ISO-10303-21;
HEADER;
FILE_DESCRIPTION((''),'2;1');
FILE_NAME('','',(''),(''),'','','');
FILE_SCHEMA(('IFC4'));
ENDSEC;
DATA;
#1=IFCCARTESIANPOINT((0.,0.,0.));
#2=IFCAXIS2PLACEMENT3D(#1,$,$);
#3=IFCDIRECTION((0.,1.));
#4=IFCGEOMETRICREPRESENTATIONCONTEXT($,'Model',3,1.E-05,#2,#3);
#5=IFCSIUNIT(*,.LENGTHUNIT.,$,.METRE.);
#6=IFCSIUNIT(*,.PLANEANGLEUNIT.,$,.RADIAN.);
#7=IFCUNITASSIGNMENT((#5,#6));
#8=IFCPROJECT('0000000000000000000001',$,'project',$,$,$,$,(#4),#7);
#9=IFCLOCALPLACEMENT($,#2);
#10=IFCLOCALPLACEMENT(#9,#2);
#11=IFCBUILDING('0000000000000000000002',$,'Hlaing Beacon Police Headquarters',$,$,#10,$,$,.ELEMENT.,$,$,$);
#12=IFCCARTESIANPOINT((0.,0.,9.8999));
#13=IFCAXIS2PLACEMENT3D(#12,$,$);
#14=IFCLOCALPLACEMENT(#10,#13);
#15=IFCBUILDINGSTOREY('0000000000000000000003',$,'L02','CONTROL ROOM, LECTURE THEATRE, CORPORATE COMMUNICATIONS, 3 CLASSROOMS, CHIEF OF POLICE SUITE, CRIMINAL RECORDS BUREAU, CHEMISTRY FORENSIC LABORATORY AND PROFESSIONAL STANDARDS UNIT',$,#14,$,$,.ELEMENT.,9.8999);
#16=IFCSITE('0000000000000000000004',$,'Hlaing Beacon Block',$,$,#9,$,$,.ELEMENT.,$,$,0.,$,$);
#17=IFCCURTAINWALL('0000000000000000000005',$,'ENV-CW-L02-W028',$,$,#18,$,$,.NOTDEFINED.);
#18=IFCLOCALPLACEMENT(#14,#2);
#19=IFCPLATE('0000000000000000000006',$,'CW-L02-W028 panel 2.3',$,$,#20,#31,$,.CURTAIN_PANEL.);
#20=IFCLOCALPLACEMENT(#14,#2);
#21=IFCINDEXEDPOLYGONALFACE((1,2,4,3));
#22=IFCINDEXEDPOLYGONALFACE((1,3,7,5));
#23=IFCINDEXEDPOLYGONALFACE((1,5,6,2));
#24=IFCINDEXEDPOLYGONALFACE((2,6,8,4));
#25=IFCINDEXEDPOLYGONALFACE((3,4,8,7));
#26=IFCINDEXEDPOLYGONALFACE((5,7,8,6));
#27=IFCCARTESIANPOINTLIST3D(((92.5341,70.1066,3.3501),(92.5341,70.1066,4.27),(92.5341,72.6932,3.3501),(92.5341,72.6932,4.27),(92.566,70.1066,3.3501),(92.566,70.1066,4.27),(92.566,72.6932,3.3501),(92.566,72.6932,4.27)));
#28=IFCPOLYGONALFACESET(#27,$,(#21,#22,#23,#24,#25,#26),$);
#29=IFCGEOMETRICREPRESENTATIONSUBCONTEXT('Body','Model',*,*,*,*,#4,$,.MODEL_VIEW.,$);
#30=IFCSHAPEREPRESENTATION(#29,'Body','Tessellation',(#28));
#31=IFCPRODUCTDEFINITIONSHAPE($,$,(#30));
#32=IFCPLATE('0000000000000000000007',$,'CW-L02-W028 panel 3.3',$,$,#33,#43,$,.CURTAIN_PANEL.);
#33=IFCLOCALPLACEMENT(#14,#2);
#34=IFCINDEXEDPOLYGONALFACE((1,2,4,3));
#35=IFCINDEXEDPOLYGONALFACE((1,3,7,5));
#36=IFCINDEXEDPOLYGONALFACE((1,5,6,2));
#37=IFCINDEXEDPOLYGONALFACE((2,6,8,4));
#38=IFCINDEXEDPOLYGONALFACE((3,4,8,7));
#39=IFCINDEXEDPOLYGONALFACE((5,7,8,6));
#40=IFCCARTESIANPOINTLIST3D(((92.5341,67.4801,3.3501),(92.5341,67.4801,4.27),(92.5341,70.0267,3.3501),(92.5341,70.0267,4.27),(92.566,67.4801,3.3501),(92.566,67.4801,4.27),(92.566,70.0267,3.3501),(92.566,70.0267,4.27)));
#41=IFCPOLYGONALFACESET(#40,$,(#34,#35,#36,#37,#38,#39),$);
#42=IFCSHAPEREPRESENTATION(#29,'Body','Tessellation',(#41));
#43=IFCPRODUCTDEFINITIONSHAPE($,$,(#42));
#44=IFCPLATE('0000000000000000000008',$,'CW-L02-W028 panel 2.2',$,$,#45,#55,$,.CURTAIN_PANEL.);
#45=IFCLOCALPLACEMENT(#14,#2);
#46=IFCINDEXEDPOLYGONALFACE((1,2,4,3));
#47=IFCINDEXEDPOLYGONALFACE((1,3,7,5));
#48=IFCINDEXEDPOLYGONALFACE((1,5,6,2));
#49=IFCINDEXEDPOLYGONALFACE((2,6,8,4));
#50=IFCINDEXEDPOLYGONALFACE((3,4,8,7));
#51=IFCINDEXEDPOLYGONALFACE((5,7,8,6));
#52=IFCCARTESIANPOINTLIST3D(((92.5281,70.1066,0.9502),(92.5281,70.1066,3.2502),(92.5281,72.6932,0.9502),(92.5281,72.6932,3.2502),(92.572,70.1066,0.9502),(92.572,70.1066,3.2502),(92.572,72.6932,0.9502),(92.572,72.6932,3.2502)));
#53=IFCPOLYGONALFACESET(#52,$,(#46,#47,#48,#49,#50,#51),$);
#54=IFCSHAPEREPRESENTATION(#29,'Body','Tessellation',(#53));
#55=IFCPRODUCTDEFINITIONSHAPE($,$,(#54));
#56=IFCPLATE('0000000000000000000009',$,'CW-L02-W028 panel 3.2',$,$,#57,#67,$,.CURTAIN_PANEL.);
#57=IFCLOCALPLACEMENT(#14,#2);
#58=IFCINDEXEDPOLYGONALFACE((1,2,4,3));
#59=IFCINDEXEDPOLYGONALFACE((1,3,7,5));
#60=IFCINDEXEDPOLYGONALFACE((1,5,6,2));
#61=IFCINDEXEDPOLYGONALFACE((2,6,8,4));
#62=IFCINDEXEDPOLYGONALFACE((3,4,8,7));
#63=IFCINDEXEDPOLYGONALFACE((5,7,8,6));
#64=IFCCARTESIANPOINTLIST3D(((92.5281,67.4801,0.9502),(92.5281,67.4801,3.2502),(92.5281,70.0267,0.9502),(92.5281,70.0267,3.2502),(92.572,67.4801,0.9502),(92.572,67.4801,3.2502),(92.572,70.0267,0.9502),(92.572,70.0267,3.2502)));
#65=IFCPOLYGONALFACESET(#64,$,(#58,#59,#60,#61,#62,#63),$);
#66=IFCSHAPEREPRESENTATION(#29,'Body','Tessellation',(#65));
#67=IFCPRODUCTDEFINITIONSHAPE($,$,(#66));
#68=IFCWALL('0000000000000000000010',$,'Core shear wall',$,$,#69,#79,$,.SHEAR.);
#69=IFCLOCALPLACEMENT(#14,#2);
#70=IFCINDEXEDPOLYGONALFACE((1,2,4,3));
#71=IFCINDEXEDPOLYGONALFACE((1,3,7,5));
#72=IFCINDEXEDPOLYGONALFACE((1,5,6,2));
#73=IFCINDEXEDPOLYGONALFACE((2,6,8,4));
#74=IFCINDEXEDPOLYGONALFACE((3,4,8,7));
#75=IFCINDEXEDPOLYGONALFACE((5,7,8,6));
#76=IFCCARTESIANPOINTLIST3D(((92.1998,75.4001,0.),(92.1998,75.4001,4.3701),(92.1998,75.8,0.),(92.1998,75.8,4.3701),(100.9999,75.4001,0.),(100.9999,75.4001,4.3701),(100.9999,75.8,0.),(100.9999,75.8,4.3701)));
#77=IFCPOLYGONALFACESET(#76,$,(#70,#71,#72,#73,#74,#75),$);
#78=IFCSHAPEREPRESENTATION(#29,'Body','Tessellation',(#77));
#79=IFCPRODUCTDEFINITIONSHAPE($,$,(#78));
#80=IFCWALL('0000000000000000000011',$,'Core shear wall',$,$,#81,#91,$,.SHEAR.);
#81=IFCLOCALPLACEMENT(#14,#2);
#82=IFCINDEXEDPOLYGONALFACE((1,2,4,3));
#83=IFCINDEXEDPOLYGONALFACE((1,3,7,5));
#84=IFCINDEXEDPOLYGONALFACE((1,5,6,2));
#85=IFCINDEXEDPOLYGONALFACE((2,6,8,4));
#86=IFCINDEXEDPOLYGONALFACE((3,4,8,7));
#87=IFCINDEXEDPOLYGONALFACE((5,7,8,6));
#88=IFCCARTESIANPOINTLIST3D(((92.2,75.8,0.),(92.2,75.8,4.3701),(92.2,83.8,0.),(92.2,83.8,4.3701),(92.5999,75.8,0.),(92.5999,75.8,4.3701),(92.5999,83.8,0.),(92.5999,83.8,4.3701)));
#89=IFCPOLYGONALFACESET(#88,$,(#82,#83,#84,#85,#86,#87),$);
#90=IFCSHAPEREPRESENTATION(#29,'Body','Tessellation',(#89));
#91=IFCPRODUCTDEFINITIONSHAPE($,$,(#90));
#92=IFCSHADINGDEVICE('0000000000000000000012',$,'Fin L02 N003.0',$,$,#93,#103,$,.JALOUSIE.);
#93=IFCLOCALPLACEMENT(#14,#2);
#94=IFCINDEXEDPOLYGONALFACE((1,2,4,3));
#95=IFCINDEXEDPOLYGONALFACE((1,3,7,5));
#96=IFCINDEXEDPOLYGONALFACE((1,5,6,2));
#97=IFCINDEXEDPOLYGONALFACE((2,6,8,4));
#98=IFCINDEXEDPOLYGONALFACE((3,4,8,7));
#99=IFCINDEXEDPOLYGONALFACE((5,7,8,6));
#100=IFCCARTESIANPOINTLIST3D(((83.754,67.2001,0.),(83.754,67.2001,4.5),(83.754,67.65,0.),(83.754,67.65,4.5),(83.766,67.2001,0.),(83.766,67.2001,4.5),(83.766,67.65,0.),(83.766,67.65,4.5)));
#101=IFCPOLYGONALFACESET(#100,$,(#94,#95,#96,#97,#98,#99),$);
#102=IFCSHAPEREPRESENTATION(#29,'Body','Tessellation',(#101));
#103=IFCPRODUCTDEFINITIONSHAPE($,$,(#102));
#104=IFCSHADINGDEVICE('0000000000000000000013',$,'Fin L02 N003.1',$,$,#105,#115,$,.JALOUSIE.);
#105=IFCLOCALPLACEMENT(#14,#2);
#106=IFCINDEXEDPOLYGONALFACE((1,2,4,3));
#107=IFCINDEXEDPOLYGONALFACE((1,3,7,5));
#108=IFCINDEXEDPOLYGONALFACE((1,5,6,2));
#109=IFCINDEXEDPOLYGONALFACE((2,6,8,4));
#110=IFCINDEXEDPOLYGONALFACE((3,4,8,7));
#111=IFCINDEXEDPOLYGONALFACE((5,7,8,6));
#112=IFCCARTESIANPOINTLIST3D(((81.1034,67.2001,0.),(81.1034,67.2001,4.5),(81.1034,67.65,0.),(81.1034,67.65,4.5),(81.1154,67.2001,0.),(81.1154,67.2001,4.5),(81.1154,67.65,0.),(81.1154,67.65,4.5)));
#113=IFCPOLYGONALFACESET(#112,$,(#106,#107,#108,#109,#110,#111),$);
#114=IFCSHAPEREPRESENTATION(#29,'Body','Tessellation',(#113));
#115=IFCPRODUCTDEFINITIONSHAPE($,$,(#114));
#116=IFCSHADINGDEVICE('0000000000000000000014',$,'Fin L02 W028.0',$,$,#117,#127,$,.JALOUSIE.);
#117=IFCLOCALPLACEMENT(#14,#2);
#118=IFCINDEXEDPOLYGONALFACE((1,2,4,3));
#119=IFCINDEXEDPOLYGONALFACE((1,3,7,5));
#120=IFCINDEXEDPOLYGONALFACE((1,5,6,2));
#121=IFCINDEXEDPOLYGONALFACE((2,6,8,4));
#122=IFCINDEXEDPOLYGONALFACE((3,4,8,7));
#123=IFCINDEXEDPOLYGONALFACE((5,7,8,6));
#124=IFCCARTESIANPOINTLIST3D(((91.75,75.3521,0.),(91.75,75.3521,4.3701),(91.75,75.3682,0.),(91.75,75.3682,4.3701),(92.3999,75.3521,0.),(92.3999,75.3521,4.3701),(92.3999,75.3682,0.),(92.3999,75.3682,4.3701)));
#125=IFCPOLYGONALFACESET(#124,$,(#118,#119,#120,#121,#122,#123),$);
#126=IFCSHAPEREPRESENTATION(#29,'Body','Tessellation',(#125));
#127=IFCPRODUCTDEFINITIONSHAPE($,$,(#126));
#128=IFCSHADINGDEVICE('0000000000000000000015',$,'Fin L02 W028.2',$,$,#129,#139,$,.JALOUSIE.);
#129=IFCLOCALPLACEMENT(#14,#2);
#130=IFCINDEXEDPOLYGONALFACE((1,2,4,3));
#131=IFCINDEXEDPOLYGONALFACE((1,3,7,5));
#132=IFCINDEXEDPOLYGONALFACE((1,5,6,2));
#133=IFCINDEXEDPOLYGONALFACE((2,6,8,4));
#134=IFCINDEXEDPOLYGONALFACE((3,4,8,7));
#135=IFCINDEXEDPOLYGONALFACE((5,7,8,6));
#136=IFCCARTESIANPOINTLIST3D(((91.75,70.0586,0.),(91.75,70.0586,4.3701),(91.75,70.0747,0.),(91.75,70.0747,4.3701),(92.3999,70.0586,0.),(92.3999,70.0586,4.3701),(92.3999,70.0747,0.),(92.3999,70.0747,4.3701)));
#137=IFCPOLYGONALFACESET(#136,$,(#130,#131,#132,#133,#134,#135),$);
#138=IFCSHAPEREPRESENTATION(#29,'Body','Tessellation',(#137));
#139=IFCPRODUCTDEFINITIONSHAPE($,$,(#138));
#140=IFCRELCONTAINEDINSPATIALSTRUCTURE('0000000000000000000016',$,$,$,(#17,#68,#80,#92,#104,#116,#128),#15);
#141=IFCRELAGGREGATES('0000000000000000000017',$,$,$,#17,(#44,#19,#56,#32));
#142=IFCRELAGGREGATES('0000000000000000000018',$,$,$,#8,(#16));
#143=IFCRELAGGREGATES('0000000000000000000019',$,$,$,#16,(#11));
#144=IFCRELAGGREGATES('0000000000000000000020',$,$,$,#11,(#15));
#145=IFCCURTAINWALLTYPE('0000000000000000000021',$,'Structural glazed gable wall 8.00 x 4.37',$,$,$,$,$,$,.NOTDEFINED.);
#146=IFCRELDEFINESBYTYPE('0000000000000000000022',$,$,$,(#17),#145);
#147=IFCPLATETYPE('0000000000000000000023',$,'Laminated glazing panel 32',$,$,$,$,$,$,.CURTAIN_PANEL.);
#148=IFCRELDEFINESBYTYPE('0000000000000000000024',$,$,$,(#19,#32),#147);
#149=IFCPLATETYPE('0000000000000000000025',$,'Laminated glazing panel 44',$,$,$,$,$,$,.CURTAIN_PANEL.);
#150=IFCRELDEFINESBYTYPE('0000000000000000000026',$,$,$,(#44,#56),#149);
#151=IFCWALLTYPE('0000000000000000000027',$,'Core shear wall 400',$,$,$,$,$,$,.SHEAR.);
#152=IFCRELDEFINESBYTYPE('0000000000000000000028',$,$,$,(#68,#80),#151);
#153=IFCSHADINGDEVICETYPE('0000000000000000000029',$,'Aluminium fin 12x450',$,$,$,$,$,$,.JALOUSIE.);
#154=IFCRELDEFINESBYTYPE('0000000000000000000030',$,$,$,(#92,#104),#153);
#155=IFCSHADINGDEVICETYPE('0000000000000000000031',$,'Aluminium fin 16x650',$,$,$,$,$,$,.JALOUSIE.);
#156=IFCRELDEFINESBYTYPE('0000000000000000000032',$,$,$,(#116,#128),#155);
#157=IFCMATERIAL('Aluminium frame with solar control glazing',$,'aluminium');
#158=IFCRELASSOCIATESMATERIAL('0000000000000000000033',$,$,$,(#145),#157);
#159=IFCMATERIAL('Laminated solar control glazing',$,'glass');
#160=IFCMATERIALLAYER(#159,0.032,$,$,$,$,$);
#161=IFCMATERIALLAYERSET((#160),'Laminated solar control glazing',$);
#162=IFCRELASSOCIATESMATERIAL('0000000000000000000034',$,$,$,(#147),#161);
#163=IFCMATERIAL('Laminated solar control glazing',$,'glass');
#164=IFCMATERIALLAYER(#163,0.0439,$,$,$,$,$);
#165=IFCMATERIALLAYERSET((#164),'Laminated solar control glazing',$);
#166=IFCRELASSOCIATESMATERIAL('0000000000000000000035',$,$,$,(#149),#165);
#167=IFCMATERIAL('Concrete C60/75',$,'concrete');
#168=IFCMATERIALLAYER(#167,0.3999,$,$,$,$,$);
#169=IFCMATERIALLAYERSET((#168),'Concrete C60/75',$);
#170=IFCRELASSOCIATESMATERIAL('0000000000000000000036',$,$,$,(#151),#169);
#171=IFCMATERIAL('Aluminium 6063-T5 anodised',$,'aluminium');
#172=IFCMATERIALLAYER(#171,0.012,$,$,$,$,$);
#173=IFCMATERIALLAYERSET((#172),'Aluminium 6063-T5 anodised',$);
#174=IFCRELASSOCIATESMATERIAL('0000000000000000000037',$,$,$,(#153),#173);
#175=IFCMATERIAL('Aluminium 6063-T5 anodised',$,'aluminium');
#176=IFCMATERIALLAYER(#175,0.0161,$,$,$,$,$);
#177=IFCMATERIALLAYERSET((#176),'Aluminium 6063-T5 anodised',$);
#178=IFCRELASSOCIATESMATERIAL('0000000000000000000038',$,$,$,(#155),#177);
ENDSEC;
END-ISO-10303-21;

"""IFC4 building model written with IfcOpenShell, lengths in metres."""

from ifc_helpers import new_model, si_unit, direction, frame, frame_2d, origin, origin_2d, place, context, subcontext, project, spatial, rectangle, extrude, material, layer, layer_set, type_object, element, aggregate, save


model = new_model("IFC4")

# Units and contexts
model_context = context("Model", 3, precision=1e-05, world=origin(), true_north=direction((0.0, 1.0)))
body_context = subcontext(model_context, "Body", "Model", "MODEL_VIEW")
ifc_project = project(units=[si_unit("LENGTHUNIT", "METRE"), si_unit("PLANEANGLEUNIT", "RADIAN")], contexts=[model_context])

# Site, building, storey
site_placement = place(None, origin())
site = spatial("IfcSite", under=ifc_project, at=site_placement, Name="Hlaing Beacon Block", CompositionType="ELEMENT", RefElevation=0.0)
building_placement = place(site_placement, origin())
building = spatial("IfcBuilding", under=site, at=building_placement, Name="Hlaing Beacon Police Headquarters", CompositionType="ELEMENT")
storey_placement = place(building_placement, frame((0.0, 0.0, 9.8999)))
storey = spatial("IfcBuildingStorey", under=building, at=storey_placement, Name="L02", Description="CONTROL ROOM, LECTURE THEATRE, CORPORATE COMMUNICATIONS, 3 CLASSROOMS, CHIEF OF POLICE SUITE, CRIMINAL RECORDS BUREAU, CHEMISTRY FORENSIC LABORATORY AND PROFESSIONAL STANDARDS UNIT", CompositionType="ELEMENT", Elevation=9.8999)

# Curtain wall, plates
ifc_material_1 = material(Name="Aluminium frame with solar control glazing", Category="aluminium")
curtain_wall_type = type_object("IfcCurtainWallType", Name="Structural glazed gable wall 8.00 x 4.37", PredefinedType="NOTDEFINED", material=ifc_material_1)
curtain_wall_placement = place(storey_placement, origin())
curtain_wall = element("IfcCurtainWall", 1, at=curtain_wall_placement, inside=storey, type_object=curtain_wall_type, Name="ENV-CW-L02-W028", PredefinedType="NOTDEFINED")
ifc_material_2 = material(Name="Laminated solar control glazing", Category="glass")
ifc_layer_1 = layer(ifc_material_2, 0.032)
ifc_layer_set_1 = layer_set([ifc_layer_1], Name="Laminated solar control glazing")
plate_type_1 = type_object("IfcPlateType", Name="Laminated glazing panel 32", PredefinedType="CURTAIN_PANEL", material=ifc_layer_set_1)
plate_1_placement = place(storey_placement, frame((92.55, 71.3999, 3.3501), z_axis=(0.0, 0.0, 1.0), x_axis=(0.0, -1.0, 0.0)))
plate_1 = element("IfcPlate", 2, at=plate_1_placement, type_object=plate_type_1, Name="CW-L02-W028 panel 2.3", PredefinedType="CURTAIN_PANEL", context=body_context, shape_type="SweptSolid", body=[
    extrude(rectangle(XDim=2.5867, YDim=0.032, at=origin_2d()), origin(), (0.0, 0.0, 1.0), 0.9199),
])
plate_2_placement = place(storey_placement, frame((92.55, 68.7534, 3.3501), z_axis=(0.0, 0.0, 1.0), x_axis=(0.0, -1.0, 0.0)))
plate_2 = element("IfcPlate", 3, at=plate_2_placement, type_object=plate_type_1, Name="CW-L02-W028 panel 3.3", PredefinedType="CURTAIN_PANEL", context=body_context, shape_type="SweptSolid", body=[
    extrude(rectangle(XDim=2.5466, YDim=0.032, at=origin_2d()), origin(), (0.0, 0.0, 1.0), 0.9199),
])
ifc_material_3 = material(Name="Laminated solar control glazing", Category="glass")
ifc_layer_2 = layer(ifc_material_3, 0.0439)
ifc_layer_set_2 = layer_set([ifc_layer_2], Name="Laminated solar control glazing")
plate_type_2 = type_object("IfcPlateType", Name="Laminated glazing panel 44", PredefinedType="CURTAIN_PANEL", material=ifc_layer_set_2)
plate_3_placement = place(storey_placement, frame((92.55, 71.3999, 0.9502), z_axis=(0.0, 0.0, 1.0), x_axis=(0.0, -1.0, 0.0)))
plate_3 = element("IfcPlate", 4, at=plate_3_placement, type_object=plate_type_2, Name="CW-L02-W028 panel 2.2", PredefinedType="CURTAIN_PANEL", context=body_context, shape_type="SweptSolid", body=[
    extrude(rectangle(XDim=2.5867, YDim=0.0439, at=origin_2d()), origin(), (0.0, 0.0, 1.0), 2.3),
])
plate_4_placement = place(storey_placement, frame((92.55, 68.7534, 0.9502), z_axis=(0.0, 0.0, 1.0), x_axis=(0.0, -1.0, 0.0)))
plate_4 = element("IfcPlate", 5, at=plate_4_placement, type_object=plate_type_2, Name="CW-L02-W028 panel 3.2", PredefinedType="CURTAIN_PANEL", context=body_context, shape_type="SweptSolid", body=[
    extrude(rectangle(XDim=2.5466, YDim=0.0439, at=origin_2d()), origin(), (0.0, 0.0, 1.0), 2.3),
])
aggregate(curtain_wall, [plate_3, plate_1, plate_4, plate_2])

# Walls
ifc_material_4 = material(Name="Concrete C60/75", Category="concrete")
ifc_layer_3 = layer(ifc_material_4, 0.3999)
ifc_layer_set_3 = layer_set([ifc_layer_3], Name="Concrete C60/75")
wall_type = type_object("IfcWallType", Name="Core shear wall 400", PredefinedType="SHEAR", material=ifc_layer_set_3)
wall_1_placement = place(storey_placement, frame((92.2, 75.6001, 0.0), z_axis=(0.0, 0.0, 1.0), x_axis=(1.0, 0.0, 0.0)))
element("IfcWall", 6, at=wall_1_placement, inside=storey, type_object=wall_type, Name="Core shear wall", PredefinedType="SHEAR", context=body_context, shape_type="SweptSolid", body=[
    extrude(rectangle(XDim=8.8, YDim=0.3999, at=frame_2d((4.3999, 0.0))), origin(), (0.0, 0.0, 1.0), 4.3701),
])
wall_2_placement = place(storey_placement, frame((92.3999, 75.8, 0.0), z_axis=(0.0, 0.0, 1.0), x_axis=(0.0, 1.0, 0.0)))
element("IfcWall", 7, at=wall_2_placement, inside=storey, type_object=wall_type, Name="Core shear wall", PredefinedType="SHEAR", context=body_context, shape_type="SweptSolid", body=[
    extrude(rectangle(XDim=8.0, YDim=0.3999, at=frame_2d((4.0, 0.0))), origin(), (0.0, 0.0, 1.0), 4.3701),
])

# Shading devices
ifc_material_5 = material(Name="Aluminium 6063-T5 anodised", Category="aluminium")
ifc_layer_4 = layer(ifc_material_5, 0.012)
ifc_layer_set_4 = layer_set([ifc_layer_4], Name="Aluminium 6063-T5 anodised")
shading_device_type_1 = type_object("IfcShadingDeviceType", Name="Aluminium fin 12x450", PredefinedType="JALOUSIE", material=ifc_layer_set_4)
for number, where, z_axis, x_axis, name in (
    (8, (83.76, 67.425, 0.0), (0.0, 0.0, 1.0), (-1.0, 0.0, 0.0), "Fin L02 N003.0"),
    (9, (81.1094, 67.425, 0.0), (0.0, 0.0, 1.0), (-1.0, 0.0, 0.0), "Fin L02 N003.1"),
):
    element("IfcShadingDevice", number, at=place(storey_placement, frame(where, z_axis=z_axis, x_axis=x_axis)), inside=storey, type_object=shading_device_type_1, Name=name, PredefinedType="JALOUSIE", context=body_context, shape_type="SweptSolid", body=[
        extrude(rectangle(XDim=0.012, YDim=0.45, at=origin_2d()), origin(), (0.0, 0.0, 1.0), 4.5),
    ])
ifc_material_6 = material(Name="Aluminium 6063-T5 anodised", Category="aluminium")
ifc_layer_5 = layer(ifc_material_6, 0.0161)
ifc_layer_set_5 = layer_set([ifc_layer_5], Name="Aluminium 6063-T5 anodised")
shading_device_type_2 = type_object("IfcShadingDeviceType", Name="Aluminium fin 16x650", PredefinedType="JALOUSIE", material=ifc_layer_set_5)
for number, where, z_axis, x_axis, name in (
    (10, (92.075, 75.3601, 0.0), (0.0, 0.0, 1.0), (0.0, -1.0, 0.0), "Fin L02 W028.0"),
    (11, (92.075, 70.0667, 0.0), (0.0, 0.0, 1.0), (0.0, -1.0, 0.0), "Fin L02 W028.2"),
):
    element("IfcShadingDevice", number, at=place(storey_placement, frame(where, z_axis=z_axis, x_axis=x_axis)), inside=storey, type_object=shading_device_type_2, Name=name, PredefinedType="JALOUSIE", context=body_context, shape_type="SweptSolid", body=[
        extrude(rectangle(XDim=0.0161, YDim=0.6499, at=origin_2d()), origin(), (0.0, 0.0, 1.0), 4.3701),
    ])

save(model, "model.ifc")
